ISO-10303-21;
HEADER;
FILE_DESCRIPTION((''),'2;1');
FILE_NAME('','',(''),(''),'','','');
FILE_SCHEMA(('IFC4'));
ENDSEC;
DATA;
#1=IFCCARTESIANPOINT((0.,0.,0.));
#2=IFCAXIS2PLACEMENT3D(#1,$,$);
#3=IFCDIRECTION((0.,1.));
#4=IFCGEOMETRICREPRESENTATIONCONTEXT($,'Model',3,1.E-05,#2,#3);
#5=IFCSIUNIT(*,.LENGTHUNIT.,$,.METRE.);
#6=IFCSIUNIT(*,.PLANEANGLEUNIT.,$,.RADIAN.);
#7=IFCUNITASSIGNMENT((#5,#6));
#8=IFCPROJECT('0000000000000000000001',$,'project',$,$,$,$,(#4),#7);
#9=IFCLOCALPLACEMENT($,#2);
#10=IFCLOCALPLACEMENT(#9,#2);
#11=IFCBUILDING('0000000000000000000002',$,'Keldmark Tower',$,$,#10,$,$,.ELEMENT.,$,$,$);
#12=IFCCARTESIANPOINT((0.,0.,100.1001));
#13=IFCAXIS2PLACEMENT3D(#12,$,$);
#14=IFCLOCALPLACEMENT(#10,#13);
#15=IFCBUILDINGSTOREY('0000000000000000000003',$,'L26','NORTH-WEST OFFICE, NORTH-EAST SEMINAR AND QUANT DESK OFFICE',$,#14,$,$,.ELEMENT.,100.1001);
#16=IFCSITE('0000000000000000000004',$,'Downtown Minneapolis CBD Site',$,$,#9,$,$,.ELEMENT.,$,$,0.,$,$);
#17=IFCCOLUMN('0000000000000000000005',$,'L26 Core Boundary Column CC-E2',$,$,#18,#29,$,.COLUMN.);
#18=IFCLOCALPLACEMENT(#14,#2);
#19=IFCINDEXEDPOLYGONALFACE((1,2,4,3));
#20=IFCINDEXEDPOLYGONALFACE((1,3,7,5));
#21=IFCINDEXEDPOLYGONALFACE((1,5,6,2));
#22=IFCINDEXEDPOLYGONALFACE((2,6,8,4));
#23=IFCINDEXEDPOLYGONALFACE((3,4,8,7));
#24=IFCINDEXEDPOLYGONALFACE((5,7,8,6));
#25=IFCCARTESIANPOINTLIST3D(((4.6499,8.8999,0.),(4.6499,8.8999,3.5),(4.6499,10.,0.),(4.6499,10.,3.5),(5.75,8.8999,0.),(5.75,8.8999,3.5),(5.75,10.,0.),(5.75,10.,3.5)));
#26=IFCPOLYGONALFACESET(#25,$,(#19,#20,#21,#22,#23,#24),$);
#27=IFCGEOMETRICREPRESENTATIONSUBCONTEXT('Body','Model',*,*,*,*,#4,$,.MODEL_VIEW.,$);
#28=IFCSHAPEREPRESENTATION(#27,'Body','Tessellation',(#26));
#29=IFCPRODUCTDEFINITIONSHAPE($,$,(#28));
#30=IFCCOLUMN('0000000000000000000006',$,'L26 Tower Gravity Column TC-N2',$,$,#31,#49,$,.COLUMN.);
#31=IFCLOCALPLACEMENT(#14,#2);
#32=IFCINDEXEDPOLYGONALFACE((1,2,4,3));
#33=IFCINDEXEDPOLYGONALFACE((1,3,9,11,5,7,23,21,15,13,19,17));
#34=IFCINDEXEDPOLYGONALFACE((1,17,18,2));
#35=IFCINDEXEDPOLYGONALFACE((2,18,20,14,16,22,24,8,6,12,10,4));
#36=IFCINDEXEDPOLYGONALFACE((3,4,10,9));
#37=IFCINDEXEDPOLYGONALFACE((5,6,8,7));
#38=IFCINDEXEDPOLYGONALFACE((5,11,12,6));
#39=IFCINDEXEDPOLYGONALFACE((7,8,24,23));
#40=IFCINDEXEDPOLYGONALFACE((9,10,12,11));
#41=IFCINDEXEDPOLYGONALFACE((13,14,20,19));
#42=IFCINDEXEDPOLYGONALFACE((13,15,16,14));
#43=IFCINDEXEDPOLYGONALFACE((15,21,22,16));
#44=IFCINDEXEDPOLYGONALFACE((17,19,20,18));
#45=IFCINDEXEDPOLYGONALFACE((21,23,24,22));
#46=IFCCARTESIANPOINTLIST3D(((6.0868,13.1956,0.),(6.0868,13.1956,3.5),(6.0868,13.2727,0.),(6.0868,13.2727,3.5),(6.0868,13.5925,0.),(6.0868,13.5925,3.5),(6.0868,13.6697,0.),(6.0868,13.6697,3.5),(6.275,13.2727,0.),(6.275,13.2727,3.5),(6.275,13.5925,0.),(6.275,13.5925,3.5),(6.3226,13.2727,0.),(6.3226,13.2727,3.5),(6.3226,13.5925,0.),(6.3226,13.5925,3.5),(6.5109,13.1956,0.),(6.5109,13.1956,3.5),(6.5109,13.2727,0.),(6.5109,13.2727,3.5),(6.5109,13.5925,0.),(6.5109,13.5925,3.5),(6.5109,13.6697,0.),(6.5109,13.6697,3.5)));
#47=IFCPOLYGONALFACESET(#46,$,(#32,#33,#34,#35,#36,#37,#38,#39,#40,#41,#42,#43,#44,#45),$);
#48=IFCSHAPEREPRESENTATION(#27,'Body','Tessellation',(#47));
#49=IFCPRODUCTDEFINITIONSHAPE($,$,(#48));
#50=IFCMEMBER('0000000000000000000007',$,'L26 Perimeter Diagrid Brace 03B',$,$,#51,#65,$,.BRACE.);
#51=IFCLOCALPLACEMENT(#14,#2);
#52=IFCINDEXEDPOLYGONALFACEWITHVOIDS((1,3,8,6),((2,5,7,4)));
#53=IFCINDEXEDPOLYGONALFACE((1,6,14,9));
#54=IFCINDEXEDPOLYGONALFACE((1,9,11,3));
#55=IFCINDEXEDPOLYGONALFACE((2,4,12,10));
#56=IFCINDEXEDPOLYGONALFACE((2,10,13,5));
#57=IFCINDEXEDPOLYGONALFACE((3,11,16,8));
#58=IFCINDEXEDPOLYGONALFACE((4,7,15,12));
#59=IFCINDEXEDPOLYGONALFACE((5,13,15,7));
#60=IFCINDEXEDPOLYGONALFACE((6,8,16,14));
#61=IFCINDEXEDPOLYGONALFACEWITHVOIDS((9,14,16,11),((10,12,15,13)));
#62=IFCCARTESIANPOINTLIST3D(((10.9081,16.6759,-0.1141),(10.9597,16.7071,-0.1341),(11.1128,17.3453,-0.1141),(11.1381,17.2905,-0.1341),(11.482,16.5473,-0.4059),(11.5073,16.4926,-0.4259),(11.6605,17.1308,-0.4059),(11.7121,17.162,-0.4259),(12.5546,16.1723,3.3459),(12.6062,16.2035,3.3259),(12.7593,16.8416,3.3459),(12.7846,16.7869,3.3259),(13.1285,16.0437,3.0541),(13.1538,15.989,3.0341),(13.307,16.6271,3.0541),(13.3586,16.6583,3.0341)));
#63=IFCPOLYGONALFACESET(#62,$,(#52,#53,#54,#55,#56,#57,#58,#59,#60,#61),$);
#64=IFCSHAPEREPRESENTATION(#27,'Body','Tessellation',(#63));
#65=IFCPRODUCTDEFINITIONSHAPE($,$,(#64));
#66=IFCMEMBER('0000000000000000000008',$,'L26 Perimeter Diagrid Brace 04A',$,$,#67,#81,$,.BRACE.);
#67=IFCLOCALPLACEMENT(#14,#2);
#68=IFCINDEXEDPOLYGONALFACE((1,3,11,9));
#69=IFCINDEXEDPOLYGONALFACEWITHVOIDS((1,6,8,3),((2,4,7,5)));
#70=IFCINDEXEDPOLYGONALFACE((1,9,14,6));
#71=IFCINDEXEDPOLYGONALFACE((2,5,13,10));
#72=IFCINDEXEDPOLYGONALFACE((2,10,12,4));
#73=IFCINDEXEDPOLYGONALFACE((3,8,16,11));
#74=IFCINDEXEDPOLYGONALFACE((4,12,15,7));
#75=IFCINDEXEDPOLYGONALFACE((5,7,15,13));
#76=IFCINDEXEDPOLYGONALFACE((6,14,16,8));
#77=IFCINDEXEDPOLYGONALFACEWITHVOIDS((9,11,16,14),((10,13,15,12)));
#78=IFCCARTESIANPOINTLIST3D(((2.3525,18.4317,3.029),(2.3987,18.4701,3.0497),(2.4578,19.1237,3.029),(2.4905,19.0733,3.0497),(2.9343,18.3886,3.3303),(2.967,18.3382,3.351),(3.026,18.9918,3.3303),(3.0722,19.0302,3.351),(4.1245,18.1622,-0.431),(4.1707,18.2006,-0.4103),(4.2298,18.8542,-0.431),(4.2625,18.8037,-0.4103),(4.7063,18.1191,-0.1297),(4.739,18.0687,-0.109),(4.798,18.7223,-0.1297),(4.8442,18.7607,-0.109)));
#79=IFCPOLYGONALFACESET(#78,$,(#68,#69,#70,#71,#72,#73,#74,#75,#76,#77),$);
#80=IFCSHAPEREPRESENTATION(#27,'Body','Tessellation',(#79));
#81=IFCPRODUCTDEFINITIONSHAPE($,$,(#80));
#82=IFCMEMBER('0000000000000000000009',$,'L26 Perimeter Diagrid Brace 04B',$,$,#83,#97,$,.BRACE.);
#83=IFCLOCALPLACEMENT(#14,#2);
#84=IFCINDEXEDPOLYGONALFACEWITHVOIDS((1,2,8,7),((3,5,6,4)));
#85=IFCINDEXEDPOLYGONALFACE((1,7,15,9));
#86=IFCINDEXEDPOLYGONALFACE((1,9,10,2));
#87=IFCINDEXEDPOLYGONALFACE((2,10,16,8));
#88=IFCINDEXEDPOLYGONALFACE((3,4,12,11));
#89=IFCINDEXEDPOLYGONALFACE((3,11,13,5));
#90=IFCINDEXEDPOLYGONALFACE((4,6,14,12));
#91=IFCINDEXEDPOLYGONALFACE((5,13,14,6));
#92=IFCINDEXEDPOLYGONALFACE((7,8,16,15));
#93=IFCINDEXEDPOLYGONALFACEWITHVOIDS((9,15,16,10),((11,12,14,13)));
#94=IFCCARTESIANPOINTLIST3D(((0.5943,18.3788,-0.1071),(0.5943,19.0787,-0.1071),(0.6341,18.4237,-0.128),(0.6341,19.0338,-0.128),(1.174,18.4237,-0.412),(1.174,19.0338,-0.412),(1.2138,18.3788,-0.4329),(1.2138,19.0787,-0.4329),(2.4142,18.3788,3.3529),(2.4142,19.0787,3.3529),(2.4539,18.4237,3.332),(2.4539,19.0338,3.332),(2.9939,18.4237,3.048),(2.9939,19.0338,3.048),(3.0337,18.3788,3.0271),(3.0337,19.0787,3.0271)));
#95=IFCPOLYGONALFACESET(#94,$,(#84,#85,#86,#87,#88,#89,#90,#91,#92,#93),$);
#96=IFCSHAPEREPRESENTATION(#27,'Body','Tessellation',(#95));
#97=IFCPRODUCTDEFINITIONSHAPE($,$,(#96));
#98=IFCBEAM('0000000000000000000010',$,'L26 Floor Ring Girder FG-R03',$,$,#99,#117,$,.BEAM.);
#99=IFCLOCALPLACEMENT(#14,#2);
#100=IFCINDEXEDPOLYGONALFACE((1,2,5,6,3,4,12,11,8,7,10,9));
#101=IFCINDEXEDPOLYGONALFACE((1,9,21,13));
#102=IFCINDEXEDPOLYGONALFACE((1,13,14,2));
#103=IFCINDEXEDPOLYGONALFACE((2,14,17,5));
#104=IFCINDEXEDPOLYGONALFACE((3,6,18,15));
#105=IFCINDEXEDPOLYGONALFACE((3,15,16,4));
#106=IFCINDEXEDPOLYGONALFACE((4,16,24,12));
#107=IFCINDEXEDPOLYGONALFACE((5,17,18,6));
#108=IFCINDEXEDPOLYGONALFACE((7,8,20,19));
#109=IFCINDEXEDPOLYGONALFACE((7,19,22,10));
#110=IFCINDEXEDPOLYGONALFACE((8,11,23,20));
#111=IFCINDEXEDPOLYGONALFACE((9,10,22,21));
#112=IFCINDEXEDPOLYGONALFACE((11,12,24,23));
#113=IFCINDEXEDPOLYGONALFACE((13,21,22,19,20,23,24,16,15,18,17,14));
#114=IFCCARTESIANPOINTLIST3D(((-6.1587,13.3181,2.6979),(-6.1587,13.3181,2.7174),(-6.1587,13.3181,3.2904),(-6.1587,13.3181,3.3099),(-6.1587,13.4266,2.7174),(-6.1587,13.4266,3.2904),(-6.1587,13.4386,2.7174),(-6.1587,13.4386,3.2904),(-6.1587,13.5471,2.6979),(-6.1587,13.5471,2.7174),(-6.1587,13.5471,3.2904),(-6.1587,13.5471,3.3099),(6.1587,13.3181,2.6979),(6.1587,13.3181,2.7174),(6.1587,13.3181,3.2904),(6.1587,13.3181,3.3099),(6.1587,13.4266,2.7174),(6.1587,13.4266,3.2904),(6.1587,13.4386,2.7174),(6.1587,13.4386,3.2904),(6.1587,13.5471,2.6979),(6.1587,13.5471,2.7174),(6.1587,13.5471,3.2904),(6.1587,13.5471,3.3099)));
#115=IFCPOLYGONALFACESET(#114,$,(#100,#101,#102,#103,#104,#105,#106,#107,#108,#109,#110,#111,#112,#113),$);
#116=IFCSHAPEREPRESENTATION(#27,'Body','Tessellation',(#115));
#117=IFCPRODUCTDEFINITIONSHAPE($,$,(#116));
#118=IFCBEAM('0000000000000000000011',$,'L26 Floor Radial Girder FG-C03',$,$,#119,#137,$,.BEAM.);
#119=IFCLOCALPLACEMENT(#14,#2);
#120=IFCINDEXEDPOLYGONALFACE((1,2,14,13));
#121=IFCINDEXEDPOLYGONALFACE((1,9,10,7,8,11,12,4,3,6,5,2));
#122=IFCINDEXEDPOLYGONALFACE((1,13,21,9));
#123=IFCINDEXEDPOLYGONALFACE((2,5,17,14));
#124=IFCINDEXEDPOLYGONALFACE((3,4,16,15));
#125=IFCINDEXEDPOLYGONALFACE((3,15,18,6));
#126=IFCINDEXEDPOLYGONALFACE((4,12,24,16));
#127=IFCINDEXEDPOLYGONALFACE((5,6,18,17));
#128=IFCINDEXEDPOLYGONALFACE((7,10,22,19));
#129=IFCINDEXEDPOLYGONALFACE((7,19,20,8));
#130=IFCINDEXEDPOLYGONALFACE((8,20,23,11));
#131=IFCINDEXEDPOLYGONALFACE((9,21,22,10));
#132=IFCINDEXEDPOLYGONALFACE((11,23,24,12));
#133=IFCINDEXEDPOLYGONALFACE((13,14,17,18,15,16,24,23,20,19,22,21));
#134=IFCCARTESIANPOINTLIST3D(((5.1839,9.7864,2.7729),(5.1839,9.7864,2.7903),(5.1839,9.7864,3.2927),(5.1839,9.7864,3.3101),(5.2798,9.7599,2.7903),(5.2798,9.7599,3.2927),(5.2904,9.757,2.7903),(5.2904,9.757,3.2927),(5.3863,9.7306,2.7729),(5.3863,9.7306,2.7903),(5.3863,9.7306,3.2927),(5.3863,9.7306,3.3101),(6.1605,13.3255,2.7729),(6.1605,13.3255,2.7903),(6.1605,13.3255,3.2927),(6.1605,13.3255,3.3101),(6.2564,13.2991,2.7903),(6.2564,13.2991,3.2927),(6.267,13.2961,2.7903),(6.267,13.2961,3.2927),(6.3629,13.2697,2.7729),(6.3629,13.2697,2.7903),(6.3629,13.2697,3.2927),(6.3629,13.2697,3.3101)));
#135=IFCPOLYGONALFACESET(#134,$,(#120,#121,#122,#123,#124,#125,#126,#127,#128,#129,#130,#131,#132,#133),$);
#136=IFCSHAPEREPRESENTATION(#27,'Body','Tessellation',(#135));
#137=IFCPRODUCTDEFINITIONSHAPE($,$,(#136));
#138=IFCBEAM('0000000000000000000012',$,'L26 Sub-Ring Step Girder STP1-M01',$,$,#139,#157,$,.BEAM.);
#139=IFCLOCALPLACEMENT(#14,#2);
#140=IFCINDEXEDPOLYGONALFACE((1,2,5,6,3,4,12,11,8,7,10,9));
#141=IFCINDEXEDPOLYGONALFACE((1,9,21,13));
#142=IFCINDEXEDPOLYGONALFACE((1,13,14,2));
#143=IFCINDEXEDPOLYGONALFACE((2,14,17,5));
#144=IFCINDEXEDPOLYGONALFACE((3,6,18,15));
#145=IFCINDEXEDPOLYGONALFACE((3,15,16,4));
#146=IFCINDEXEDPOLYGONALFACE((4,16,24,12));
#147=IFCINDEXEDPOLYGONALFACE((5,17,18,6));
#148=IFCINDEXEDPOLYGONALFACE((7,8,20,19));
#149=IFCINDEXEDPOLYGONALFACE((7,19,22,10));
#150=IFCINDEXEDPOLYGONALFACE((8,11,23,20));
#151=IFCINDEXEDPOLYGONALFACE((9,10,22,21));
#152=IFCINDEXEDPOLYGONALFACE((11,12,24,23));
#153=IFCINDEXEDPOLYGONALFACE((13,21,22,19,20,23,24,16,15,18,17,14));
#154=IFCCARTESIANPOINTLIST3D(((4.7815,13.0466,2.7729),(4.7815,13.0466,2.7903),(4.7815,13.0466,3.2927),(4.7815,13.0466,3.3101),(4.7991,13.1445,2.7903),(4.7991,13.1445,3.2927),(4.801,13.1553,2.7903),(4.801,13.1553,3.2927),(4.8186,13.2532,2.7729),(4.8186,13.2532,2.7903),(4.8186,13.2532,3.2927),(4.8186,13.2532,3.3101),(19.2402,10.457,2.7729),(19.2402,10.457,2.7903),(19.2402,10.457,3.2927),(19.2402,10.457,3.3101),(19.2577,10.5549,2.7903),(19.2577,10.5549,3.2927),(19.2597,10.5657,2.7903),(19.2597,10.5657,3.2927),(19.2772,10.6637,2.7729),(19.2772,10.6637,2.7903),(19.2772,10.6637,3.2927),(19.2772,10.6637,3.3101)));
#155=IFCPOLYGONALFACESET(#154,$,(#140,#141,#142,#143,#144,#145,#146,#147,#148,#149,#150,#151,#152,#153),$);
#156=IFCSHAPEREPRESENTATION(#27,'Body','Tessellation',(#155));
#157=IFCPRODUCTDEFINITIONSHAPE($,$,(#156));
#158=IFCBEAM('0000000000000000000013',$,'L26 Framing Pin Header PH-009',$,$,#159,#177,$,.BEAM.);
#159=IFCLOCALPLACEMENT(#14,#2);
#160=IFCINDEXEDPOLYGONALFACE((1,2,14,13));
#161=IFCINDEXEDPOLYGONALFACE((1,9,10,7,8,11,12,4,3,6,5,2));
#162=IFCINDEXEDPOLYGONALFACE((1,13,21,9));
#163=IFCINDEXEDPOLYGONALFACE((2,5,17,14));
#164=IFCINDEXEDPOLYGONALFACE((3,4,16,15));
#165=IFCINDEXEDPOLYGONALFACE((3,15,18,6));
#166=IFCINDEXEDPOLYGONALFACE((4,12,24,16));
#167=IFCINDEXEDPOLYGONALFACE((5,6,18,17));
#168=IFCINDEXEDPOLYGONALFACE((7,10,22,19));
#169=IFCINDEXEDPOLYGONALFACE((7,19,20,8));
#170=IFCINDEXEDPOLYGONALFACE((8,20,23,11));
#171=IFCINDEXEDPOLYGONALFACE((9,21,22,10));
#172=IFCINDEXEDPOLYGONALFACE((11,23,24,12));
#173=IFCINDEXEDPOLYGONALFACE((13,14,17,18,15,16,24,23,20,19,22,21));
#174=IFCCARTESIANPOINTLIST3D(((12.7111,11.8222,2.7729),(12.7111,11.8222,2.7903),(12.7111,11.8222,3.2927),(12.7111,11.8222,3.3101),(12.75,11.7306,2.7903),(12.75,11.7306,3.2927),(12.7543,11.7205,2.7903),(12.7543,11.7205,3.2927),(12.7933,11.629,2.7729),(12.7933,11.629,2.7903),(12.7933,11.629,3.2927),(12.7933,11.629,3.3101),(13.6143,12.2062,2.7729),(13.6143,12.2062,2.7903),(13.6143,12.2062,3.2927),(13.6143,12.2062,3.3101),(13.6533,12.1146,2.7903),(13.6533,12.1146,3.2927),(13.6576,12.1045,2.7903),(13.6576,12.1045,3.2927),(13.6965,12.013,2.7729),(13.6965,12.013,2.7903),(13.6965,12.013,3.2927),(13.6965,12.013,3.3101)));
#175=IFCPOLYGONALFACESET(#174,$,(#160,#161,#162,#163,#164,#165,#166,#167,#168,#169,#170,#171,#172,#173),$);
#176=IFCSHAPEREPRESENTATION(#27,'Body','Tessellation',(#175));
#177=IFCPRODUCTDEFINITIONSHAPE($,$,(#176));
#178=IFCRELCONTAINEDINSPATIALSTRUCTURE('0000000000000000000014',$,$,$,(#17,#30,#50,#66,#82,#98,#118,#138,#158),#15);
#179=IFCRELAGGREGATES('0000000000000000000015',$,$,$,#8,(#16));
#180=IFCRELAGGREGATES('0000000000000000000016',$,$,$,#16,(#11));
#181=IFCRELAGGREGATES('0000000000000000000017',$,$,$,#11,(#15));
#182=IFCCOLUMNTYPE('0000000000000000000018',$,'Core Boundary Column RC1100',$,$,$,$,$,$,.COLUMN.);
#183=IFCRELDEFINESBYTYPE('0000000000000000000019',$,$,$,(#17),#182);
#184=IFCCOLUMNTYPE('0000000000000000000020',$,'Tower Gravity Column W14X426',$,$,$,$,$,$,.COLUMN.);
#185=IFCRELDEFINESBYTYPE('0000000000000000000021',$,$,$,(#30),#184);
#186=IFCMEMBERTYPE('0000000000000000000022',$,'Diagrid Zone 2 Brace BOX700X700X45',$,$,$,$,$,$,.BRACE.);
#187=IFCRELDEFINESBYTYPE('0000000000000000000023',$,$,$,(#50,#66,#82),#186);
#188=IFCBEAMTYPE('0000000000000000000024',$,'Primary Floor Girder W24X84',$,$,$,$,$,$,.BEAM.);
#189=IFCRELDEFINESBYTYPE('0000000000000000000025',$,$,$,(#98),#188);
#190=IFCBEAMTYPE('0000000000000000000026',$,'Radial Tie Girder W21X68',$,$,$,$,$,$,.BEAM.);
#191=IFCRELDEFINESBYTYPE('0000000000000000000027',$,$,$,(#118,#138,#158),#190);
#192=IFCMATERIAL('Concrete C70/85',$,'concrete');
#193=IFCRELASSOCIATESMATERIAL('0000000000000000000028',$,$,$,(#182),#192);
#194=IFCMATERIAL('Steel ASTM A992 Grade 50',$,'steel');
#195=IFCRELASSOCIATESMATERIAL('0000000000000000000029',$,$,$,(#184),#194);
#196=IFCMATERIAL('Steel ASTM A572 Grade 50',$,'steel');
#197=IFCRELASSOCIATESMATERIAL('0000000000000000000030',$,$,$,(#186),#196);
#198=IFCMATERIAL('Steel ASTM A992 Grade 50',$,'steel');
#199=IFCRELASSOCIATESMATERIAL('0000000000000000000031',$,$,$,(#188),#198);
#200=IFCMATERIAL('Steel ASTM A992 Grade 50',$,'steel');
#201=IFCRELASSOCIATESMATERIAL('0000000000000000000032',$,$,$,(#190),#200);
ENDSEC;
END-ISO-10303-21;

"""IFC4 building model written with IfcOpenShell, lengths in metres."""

from ifc_helpers import new_model, si_unit, direction, frame, origin, origin_2d, place, context, subcontext, project, spatial, rectangle, hollow_rectangle, i_section, extrude, material, material_profile, profile_set, type_object, element, save


model = new_model("IFC4")

# Units and contexts
model_context = context("Model", 3, precision=1e-05, world=origin(), true_north=direction((0.0, 1.0)))
body_context = subcontext(model_context, "Body", "Model", "MODEL_VIEW")
ifc_project = project(units=[si_unit("LENGTHUNIT", "METRE"), si_unit("PLANEANGLEUNIT", "RADIAN")], contexts=[model_context])

# Site, building, storey
site_placement = place(None, origin())
site = spatial("IfcSite", under=ifc_project, at=site_placement, Name="Downtown Minneapolis CBD Site", CompositionType="ELEMENT", RefElevation=0.0)
building_placement = place(site_placement, origin())
building = spatial("IfcBuilding", under=site, at=building_placement, Name="Keldmark Tower", CompositionType="ELEMENT")
storey_placement = place(building_placement, frame((0.0, 0.0, 100.1001)))
storey = spatial("IfcBuildingStorey", under=building, at=storey_placement, Name="L26", Description="NORTH-WEST OFFICE, NORTH-EAST SEMINAR AND QUANT DESK OFFICE", CompositionType="ELEMENT", Elevation=100.1001)

# Columns
ifc_material_1 = material(Name="Concrete C70/85", Category="concrete")
ifc_material_profile_1 = material_profile(ifc_material_1, rectangle(XDim=1.1001, YDim=1.1001, at=origin_2d()), Name="RC1100X1100")
ifc_profile_set_1 = profile_set([ifc_material_profile_1], Name="Concrete C70/85")
column_type_1 = type_object("IfcColumnType", Name="Core Boundary Column RC1100", PredefinedType="COLUMN", material=ifc_profile_set_1)
column_1_placement = place(storey_placement, frame((5.2, 9.45, 0.0), z_axis=(0.0, 0.0, 1.0), x_axis=(1.0, 0.0, 0.0)))
element("IfcColumn", 1, at=column_1_placement, inside=storey, type_object=column_type_1, Name="L26 Core Boundary Column CC-E2", PredefinedType="COLUMN", context=body_context, shape_type="SweptSolid", body=[
    extrude(rectangle(XDim=1.1001, YDim=1.1001, at=origin_2d()), origin(), (0.0, 0.0, 1.0), 3.5),
])
ifc_material_2 = material(Name="Steel ASTM A992 Grade 50", Category="steel")
ifc_material_profile_2 = material_profile(ifc_material_2, i_section(OverallWidth=0.4241, OverallDepth=0.4741, WebThickness=0.0476, FlangeThickness=0.0771, at=origin_2d()), Name="W14X426")
ifc_profile_set_2 = profile_set([ifc_material_profile_2], Name="Steel ASTM A992 Grade 50")
column_type_2 = type_object("IfcColumnType", Name="Tower Gravity Column W14X426", PredefinedType="COLUMN", material=ifc_profile_set_2)
column_2_placement = place(storey_placement, frame((6.2988, 13.4326, 0.0), z_axis=(0.0, 0.0, 1.0), x_axis=(1.0, 0.0, 0.0)))
element("IfcColumn", 2, at=column_2_placement, inside=storey, type_object=column_type_2, Name="L26 Tower Gravity Column TC-N2", PredefinedType="COLUMN", context=body_context, shape_type="SweptSolid", body=[
    extrude(i_section(OverallWidth=0.4241, OverallDepth=0.4741, WebThickness=0.0476, FlangeThickness=0.0771, at=origin_2d()), origin(), (0.0, 0.0, 1.0), 3.5),
])

# Members
ifc_material_3 = material(Name="Steel ASTM A572 Grade 50", Category="steel")
ifc_material_profile_3 = material_profile(ifc_material_3, hollow_rectangle(XDim=0.7, YDim=0.7, WallThickness=0.0449, at=origin_2d()), Name="BOX700X700X45")
ifc_profile_set_3 = profile_set([ifc_material_profile_3], Name="Steel ASTM A572 Grade 50")
member_type = type_object("IfcMemberType", Name="Diagrid Zone 2 Brace BOX700X700X45", PredefinedType="BRACE", material=ifc_profile_set_3)
member_1_placement = place(storey_placement, frame((11.3101, 16.9189, -0.27), z_axis=(0.426031, -0.130324, 0.895273), x_axis=(0.292521, 0.956259, 0.0)))
element("IfcMember", 3, at=member_1_placement, inside=storey, type_object=member_type, Name="L26 Perimeter Diagrid Brace 03B", PredefinedType="BRACE", context=body_context, shape_type="SweptSolid", body=[
    extrude(hollow_rectangle(XDim=0.7, YDim=0.7, WallThickness=0.0449, at=origin_2d()), origin(), (0.0, 0.0, 1.0), 3.8647),
])
member_2_placement = place(storey_placement, frame((4.4844, 18.4614, -0.27), z_axis=(-0.454743, 0.06917, 0.887933), x_axis=(-0.150378, -0.988629, 0.0)))
element("IfcMember", 4, at=member_2_placement, inside=storey, type_object=member_type, Name="L26 Perimeter Diagrid Brace 04A", PredefinedType="BRACE", context=body_context, shape_type="SweptSolid", body=[
    extrude(hollow_rectangle(XDim=0.7, YDim=0.7, WallThickness=0.0449, at=origin_2d()), origin(), (0.0, 0.0, 1.0), 3.8967),
])
member_3_placement = place(storey_placement, frame((0.9041, 18.7288, -0.27), z_axis=(0.465504, 0.0, 0.885046), x_axis=(0.0, 1.0, 0.0)))
element("IfcMember", 5, at=member_3_placement, inside=storey, type_object=member_type, Name="L26 Perimeter Diagrid Brace 04B", PredefinedType="BRACE", context=body_context, shape_type="SweptSolid", body=[
    extrude(hollow_rectangle(XDim=0.7, YDim=0.7, WallThickness=0.0449, at=origin_2d()), origin(), (0.0, 0.0, 1.0), 3.9094),
])

# Beams
ifc_material_4 = material(Name="Steel ASTM A992 Grade 50", Category="steel")
ifc_material_profile_4 = material_profile(ifc_material_4, i_section(OverallWidth=0.229, OverallDepth=0.6121, WebThickness=0.012, FlangeThickness=0.0195, at=origin_2d()), Name="W24X84")
ifc_profile_set_4 = profile_set([ifc_material_profile_4], Name="Steel ASTM A992 Grade 50")
beam_type_1 = type_object("IfcBeamType", Name="Primary Floor Girder W24X84", PredefinedType="BEAM", material=ifc_profile_set_4)
beam_1_placement = place(storey_placement, frame((6.1587, 13.4326, 3.0039), z_axis=(-1.0, 0.0, 0.0), x_axis=(0.0, -1.0, 0.0)))
element("IfcBeam", 6, at=beam_1_placement, inside=storey, type_object=beam_type_1, Name="L26 Floor Ring Girder FG-R03", PredefinedType="BEAM", context=body_context, shape_type="SweptSolid", body=[
    extrude(i_section(OverallWidth=0.229, OverallDepth=0.6121, WebThickness=0.012, FlangeThickness=0.0195, at=origin_2d()), origin(), (0.0, 0.0, 1.0), 12.3174),
])
ifc_material_5 = material(Name="Steel ASTM A992 Grade 50", Category="steel")
ifc_material_profile_5 = material_profile(ifc_material_5, i_section(OverallWidth=0.21, OverallDepth=0.5371, WebThickness=0.011, FlangeThickness=0.0173, at=origin_2d()), Name="W21X68")
ifc_profile_set_5 = profile_set([ifc_material_profile_5], Name="Steel ASTM A992 Grade 50")
beam_type_2 = type_object("IfcBeamType", Name="Radial Tie Girder W21X68", PredefinedType="BEAM", material=ifc_profile_set_5)
beam_2_placement = place(storey_placement, frame((6.2617, 13.2976, 3.0415), z_axis=(-0.265997, -0.963974, 0.0), x_axis=(0.963974, -0.265997, 0.0)))
element("IfcBeam", 7, at=beam_2_placement, inside=storey, type_object=beam_type_2, Name="L26 Floor Radial Girder FG-C03", PredefinedType="BEAM", context=body_context, shape_type="SweptSolid", body=[
    extrude(i_section(OverallWidth=0.21, OverallDepth=0.5371, WebThickness=0.011, FlangeThickness=0.0173, at=origin_2d()), origin(), (0.0, 0.0, 1.0), 3.6714),
])
beam_3_placement = place(storey_placement, frame((4.8, 13.1499, 3.0415), z_axis=(0.984337, -0.176297, 0.0), x_axis=(0.176297, 0.984337, 0.0)))
element("IfcBeam", 8, at=beam_3_placement, inside=storey, type_object=beam_type_2, Name="L26 Sub-Ring Step Girder STP1-M01", PredefinedType="BEAM", context=body_context, shape_type="SweptSolid", body=[
    extrude(i_section(OverallWidth=0.21, OverallDepth=0.5371, WebThickness=0.011, FlangeThickness=0.0173, at=origin_2d()), origin(), (0.0, 0.0, 1.0), 14.6887),
])
beam_4_placement = place(storey_placement, frame((12.7522, 11.7256, 3.0415), z_axis=(0.920286, 0.391246, 0.0), x_axis=(-0.391246, 0.920286, 0.0)))
element("IfcBeam", 9, at=beam_4_placement, inside=storey, type_object=beam_type_2, Name="L26 Framing Pin Header PH-009", PredefinedType="BEAM", context=body_context, shape_type="SweptSolid", body=[
    extrude(i_section(OverallWidth=0.21, OverallDepth=0.5371, WebThickness=0.011, FlangeThickness=0.0173, at=origin_2d()), origin(), (0.0, 0.0, 1.0), 0.9814),
])

save(model, "model.ifc")
